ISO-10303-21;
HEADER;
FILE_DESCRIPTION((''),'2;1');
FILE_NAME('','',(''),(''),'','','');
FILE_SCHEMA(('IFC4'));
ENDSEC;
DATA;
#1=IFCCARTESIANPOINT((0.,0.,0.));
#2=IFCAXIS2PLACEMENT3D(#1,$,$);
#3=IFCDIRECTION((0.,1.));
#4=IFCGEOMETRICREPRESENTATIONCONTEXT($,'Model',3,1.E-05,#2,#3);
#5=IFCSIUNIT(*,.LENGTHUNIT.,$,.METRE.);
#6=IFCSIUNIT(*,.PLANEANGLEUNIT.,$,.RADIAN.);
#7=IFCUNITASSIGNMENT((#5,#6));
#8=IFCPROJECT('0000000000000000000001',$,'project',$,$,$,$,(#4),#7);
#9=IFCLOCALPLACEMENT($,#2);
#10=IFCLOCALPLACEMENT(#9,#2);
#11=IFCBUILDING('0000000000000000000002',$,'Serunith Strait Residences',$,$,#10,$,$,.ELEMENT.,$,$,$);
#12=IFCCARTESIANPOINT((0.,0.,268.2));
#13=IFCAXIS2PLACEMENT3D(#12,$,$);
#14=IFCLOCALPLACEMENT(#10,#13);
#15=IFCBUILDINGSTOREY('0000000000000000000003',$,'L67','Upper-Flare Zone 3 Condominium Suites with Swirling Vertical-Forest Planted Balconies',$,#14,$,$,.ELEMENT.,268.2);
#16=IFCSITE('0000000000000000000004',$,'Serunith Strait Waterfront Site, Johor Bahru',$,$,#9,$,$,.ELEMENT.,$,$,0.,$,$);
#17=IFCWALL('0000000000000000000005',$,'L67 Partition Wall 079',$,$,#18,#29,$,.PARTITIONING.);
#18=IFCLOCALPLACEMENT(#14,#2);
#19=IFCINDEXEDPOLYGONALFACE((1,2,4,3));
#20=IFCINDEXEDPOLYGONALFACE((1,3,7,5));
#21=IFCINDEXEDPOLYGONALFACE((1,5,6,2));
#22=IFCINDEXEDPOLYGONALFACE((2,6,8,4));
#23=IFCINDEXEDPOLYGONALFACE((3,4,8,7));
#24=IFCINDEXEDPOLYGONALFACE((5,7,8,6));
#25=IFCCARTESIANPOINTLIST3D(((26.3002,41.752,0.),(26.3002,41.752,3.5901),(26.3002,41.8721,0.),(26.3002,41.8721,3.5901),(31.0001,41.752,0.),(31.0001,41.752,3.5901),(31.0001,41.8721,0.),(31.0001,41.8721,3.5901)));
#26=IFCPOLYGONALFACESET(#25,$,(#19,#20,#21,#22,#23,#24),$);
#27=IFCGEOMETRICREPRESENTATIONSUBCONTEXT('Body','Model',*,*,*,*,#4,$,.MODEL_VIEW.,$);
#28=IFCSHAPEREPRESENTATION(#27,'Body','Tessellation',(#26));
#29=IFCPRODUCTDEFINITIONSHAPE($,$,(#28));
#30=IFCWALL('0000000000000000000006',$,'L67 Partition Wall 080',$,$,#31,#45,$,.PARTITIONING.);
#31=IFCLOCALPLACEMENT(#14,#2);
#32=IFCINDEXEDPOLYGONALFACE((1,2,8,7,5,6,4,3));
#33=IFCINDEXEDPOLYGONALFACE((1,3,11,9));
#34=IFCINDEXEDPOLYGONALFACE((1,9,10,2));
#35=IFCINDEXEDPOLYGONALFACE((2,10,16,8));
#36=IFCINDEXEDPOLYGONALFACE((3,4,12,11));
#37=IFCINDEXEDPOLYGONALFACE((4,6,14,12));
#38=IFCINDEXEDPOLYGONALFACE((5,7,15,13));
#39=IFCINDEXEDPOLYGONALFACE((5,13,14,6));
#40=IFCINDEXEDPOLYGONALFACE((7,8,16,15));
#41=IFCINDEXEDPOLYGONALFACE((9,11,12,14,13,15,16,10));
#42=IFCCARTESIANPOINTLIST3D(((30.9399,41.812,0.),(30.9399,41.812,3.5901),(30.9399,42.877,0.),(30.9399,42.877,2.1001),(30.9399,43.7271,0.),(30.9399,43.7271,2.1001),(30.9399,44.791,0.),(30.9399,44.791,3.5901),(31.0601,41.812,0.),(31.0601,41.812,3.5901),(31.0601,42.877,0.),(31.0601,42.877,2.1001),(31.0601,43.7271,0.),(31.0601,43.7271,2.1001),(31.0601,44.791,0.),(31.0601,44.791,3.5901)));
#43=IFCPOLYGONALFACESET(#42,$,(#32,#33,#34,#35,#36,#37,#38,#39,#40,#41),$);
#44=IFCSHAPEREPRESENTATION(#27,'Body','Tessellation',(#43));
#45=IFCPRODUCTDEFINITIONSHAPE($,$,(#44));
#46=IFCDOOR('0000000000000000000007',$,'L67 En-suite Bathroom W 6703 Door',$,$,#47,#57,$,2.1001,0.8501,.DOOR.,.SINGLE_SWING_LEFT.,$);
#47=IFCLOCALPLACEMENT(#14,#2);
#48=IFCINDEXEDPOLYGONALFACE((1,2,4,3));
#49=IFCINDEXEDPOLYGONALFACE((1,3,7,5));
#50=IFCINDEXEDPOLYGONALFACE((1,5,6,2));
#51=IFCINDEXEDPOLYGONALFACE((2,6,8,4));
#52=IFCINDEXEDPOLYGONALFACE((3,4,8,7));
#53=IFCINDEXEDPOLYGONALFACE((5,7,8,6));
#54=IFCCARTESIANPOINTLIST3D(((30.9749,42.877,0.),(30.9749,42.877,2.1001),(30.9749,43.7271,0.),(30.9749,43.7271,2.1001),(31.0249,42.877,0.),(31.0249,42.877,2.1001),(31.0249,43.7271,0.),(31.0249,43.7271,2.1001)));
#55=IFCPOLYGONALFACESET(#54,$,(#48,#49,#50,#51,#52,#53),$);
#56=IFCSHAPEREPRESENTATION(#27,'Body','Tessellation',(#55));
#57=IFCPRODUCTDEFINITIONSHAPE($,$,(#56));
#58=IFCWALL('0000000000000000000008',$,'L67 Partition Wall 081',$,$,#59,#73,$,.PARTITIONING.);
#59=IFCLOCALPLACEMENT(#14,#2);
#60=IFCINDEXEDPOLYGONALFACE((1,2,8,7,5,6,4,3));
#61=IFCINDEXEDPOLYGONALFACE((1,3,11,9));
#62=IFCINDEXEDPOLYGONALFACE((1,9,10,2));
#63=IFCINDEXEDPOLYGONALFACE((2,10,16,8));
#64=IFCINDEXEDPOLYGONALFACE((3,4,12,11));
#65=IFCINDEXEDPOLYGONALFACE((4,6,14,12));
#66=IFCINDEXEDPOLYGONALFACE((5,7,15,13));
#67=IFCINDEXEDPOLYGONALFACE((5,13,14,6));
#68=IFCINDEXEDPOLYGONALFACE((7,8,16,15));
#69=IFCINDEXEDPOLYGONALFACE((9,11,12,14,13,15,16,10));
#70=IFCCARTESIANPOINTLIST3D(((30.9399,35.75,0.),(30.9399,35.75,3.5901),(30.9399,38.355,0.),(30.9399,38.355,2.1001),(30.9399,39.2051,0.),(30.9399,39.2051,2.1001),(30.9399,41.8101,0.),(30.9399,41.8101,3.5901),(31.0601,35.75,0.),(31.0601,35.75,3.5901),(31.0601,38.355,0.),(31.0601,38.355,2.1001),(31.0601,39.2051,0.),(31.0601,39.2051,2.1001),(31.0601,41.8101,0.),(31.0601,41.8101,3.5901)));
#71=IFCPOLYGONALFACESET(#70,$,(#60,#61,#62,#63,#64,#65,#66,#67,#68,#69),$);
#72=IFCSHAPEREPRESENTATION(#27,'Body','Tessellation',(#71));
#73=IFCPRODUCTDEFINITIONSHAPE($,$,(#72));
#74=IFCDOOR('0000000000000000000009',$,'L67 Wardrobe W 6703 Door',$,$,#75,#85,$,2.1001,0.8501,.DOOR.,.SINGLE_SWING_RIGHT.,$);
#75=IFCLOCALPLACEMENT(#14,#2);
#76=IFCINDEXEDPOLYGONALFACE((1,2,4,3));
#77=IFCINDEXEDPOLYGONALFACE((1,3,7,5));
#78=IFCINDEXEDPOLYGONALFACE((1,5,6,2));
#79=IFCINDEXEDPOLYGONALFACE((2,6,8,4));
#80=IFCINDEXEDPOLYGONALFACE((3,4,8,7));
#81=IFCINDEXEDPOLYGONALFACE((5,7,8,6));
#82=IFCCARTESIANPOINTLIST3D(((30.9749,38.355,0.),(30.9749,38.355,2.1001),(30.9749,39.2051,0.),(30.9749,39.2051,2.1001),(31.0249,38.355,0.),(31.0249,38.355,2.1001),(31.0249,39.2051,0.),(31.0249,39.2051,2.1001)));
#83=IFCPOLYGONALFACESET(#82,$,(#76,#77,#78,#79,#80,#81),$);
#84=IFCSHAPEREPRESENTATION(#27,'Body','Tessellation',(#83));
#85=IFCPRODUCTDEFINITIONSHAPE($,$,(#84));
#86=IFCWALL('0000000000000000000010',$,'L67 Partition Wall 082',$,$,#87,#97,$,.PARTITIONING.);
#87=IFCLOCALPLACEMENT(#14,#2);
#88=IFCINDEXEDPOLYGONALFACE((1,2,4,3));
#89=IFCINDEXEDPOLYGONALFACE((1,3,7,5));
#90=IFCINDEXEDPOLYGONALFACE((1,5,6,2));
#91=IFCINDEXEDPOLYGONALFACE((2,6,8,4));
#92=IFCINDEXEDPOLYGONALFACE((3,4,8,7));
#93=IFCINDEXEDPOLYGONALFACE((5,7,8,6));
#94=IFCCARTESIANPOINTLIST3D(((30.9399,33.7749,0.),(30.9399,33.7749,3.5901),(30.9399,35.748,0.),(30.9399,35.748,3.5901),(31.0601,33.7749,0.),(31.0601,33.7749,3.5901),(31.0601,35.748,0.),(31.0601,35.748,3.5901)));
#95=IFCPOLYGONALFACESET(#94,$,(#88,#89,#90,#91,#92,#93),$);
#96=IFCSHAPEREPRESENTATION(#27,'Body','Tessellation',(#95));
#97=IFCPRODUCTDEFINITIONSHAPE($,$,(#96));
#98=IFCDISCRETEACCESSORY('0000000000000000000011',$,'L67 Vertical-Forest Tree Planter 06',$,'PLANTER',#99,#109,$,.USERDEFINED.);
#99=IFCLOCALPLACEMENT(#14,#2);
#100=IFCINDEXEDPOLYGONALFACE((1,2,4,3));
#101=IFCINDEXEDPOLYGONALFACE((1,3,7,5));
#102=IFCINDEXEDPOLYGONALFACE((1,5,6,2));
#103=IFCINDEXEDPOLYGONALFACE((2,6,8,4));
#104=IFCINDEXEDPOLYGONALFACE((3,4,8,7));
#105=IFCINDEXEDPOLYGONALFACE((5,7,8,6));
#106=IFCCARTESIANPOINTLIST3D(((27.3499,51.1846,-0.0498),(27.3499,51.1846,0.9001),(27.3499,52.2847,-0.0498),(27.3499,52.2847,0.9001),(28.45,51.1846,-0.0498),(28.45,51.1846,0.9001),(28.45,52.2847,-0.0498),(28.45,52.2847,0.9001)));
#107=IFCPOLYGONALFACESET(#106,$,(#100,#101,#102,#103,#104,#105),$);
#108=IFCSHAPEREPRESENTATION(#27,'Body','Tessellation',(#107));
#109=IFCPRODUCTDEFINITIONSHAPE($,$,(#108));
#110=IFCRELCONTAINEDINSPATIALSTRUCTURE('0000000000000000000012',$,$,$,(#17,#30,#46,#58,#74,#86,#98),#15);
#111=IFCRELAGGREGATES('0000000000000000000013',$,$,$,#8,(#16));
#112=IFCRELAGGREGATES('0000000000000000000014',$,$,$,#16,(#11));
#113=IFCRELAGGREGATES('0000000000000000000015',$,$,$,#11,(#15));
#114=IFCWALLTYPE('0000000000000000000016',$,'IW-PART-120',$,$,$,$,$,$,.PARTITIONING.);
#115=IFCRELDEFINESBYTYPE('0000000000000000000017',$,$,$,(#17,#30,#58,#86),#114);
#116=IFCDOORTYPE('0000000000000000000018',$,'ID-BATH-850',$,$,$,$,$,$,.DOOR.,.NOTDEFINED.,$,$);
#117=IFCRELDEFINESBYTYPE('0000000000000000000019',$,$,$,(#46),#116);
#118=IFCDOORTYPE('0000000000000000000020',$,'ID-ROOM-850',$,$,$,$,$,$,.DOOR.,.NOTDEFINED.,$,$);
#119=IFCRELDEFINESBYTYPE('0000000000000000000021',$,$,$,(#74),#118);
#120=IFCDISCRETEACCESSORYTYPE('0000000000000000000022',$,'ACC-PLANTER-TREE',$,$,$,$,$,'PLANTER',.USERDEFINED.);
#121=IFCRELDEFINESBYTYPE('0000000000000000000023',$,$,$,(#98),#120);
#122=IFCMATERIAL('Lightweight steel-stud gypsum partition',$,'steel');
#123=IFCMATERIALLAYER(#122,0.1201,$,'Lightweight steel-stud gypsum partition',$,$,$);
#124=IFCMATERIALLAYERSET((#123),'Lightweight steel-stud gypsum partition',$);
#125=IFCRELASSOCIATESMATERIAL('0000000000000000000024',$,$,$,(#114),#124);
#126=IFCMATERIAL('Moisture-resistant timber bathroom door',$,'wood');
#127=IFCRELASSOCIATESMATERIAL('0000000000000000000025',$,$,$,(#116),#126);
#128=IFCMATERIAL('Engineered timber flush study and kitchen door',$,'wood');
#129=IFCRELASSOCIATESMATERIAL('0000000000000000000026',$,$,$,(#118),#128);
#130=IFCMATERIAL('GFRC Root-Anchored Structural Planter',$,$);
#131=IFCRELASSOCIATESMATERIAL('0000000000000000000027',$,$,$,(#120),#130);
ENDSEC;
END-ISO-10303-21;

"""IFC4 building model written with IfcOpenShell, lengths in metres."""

from ifc_helpers import new_model, si_unit, direction, frame, frame_2d, origin, origin_2d, place, context, subcontext, project, spatial, rectangle, extrude, source, transform, mapped, material, layer, layer_set, type_object, element, fill, save


model = new_model("IFC4")

# Units and contexts
model_context = context("Model", 3, precision=1e-05, world=origin(), true_north=direction((0.0, 1.0)))
body_context = subcontext(model_context, "Body", "Model", "MODEL_VIEW")
ifc_project = project(units=[si_unit("LENGTHUNIT", "METRE"), si_unit("PLANEANGLEUNIT", "RADIAN")], contexts=[model_context])

# Site, building, storey
site_placement = place(None, origin())
site = spatial("IfcSite", under=ifc_project, at=site_placement, Name="Serunith Strait Waterfront Site, Johor Bahru", CompositionType="ELEMENT", RefElevation=0.0)
building_placement = place(site_placement, origin())
building = spatial("IfcBuilding", under=site, at=building_placement, Name="Serunith Strait Residences", CompositionType="ELEMENT")
storey_placement = place(building_placement, frame((0.0, 0.0, 268.2)))
storey = spatial("IfcBuildingStorey", under=building, at=storey_placement, Name="L67", Description="Upper-Flare Zone 3 Condominium Suites with Swirling Vertical-Forest Planted Balconies", CompositionType="ELEMENT", Elevation=268.2)

# Shared definitions
ifc_material_1 = material(Name="Lightweight steel-stud gypsum partition", Category="steel")
ifc_layer_1 = layer(ifc_material_1, 0.1201, Name="Lightweight steel-stud gypsum partition")
ifc_layer_set_1 = layer_set([ifc_layer_1], Name="Lightweight steel-stud gypsum partition")
wall_type_1 = type_object("IfcWallType", Name="IW-PART-120", PredefinedType="PARTITIONING", material=ifc_layer_set_1)

# Wall
wall_1_placement = place(storey_placement, frame((26.3, 41.812, 0.0), z_axis=(0.0, 0.0, 1.0), x_axis=(1.0, 0.0, 0.0)))
element("IfcWall", 1, at=wall_1_placement, inside=storey, type_object=wall_type_1, Name="L67 Partition Wall 079", PredefinedType="PARTITIONING", context=body_context, shape_type="SweptSolid", body=[
    extrude(rectangle(XDim=4.7, YDim=0.1201, at=frame_2d((2.3501, 0.0))), origin(), (0.0, 0.0, 1.0), 3.5901),
])

# Walls, openings, doors
wall_2_placement = place(storey_placement, frame((31.0, 44.791, 0.0), z_axis=(0.0, 0.0, 1.0), x_axis=(0.0, -1.0, 0.0)))
wall_2 = element("IfcWall", 2, at=wall_2_placement, inside=storey, type_object=wall_type_1, Name="L67 Partition Wall 080", PredefinedType="PARTITIONING", context=body_context, shape_type="SweptSolid", body=[
    extrude(rectangle(XDim=2.979, YDim=0.1201, at=frame_2d((1.4895, 0.0))), origin(), (0.0, 0.0, 1.0), 3.5901),
])
opening_1_placement = place(wall_2_placement, frame((1.064, 0.0, 0.0)))
opening_1 = element("IfcOpeningElement", 3, at=opening_1_placement, cuts=wall_2, PredefinedType="OPENING", context=body_context, shape_type="SweptSolid", body=[
    extrude(rectangle(XDim=0.8501, YDim=2.1001, at=frame_2d((0.425, 1.05))), frame((0.0, 0.0701, 0.0), z_axis=(0.0, -1.0, 0.0), x_axis=(1.0, 0.0, 0.0)), (0.0, 0.0, 1.0), 0.1401),
])
ifc_material_2 = material(Name="Moisture-resistant timber bathroom door", Category="wood")
door_type_1 = type_object("IfcDoorType", Name="ID-BATH-850", OperationType="NOTDEFINED", PredefinedType="DOOR", material=ifc_material_2)
shared_shape_1 = source(origin(), body_context, "Body", "SweptSolid", [
    extrude(rectangle(XDim=0.8501, YDim=2.1001, at=frame_2d((0.425, 1.05))), frame((0.0, 0.0249, 0.0), z_axis=(0.0, -1.0, 0.0), x_axis=(1.0, 0.0, 0.0)), (0.0, 0.0, 1.0), 0.05),
])
door_1_placement = place(opening_1_placement, origin())
door_1 = element("IfcDoor", 4, at=door_1_placement, inside=storey, type_object=door_type_1, Name="L67 En-suite Bathroom W 6703 Door", OperationType="SINGLE_SWING_LEFT", OverallHeight=2.1001, OverallWidth=0.8501, PredefinedType="DOOR", context=body_context, shape_type="MappedRepresentation", body=[
    mapped(shared_shape_1, transform((0.0, 0.0, 0.0), scale=1.0)),
])
fill(opening_1, door_1)
wall_3_placement = place(storey_placement, frame((31.0, 41.8101, 0.0), z_axis=(0.0, 0.0, 1.0), x_axis=(0.0, -1.0, 0.0)))
wall_3 = element("IfcWall", 5, at=wall_3_placement, inside=storey, type_object=wall_type_1, Name="L67 Partition Wall 081", PredefinedType="PARTITIONING", context=body_context, shape_type="SweptSolid", body=[
    extrude(rectangle(XDim=6.0601, YDim=0.1201, at=frame_2d((3.03, 0.0))), origin(), (0.0, 0.0, 1.0), 3.5901),
])
opening_2_placement = place(wall_3_placement, frame((2.605, 0.0, 0.0)))
opening_2 = element("IfcOpeningElement", 6, at=opening_2_placement, cuts=wall_3, PredefinedType="OPENING", context=body_context, shape_type="SweptSolid", body=[
    extrude(rectangle(XDim=0.8501, YDim=2.1001, at=frame_2d((0.425, 1.05))), frame((0.0, 0.0701, 0.0), z_axis=(0.0, -1.0, 0.0), x_axis=(1.0, 0.0, 0.0)), (0.0, 0.0, 1.0), 0.1401),
])
ifc_material_3 = material(Name="Engineered timber flush study and kitchen door", Category="wood")
door_type_2 = type_object("IfcDoorType", Name="ID-ROOM-850", OperationType="NOTDEFINED", PredefinedType="DOOR", material=ifc_material_3)
door_2_placement = place(opening_2_placement, origin())
door_2 = element("IfcDoor", 7, at=door_2_placement, inside=storey, type_object=door_type_2, Name="L67 Wardrobe W 6703 Door", OperationType="SINGLE_SWING_RIGHT", OverallHeight=2.1001, OverallWidth=0.8501, PredefinedType="DOOR", context=body_context, shape_type="MappedRepresentation", body=[
    mapped(shared_shape_1, transform((0.0, 0.0, 0.0), scale=1.0)),
])
fill(opening_2, door_2)

# Wall
wall_4_placement = place(storey_placement, frame((31.0, 35.748, 0.0), z_axis=(0.0, 0.0, 1.0), x_axis=(0.0, -1.0, 0.0)))
element("IfcWall", 8, at=wall_4_placement, inside=storey, type_object=wall_type_1, Name="L67 Partition Wall 082", PredefinedType="PARTITIONING", context=body_context, shape_type="SweptSolid", body=[
    extrude(rectangle(XDim=1.9731, YDim=0.1201, at=frame_2d((0.9866, 0.0))), origin(), (0.0, 0.0, 1.0), 3.5901),
])

# Discrete accessory
ifc_material_4 = material(Name="GFRC Root-Anchored Structural Planter")
discrete_accessory_type = type_object("IfcDiscreteAccessoryType", Name="ACC-PLANTER-TREE", ElementType="PLANTER", PredefinedType="USERDEFINED", material=ifc_material_4)
shared_shape_2 = source(origin(), body_context, "Body", "SweptSolid", [
    extrude(rectangle(XDim=1.1001, YDim=1.1001, at=origin_2d()), origin(), (0.0, 0.0, 1.0), 0.95),
])
discrete_accessory_placement = place(storey_placement, frame((27.8999, 51.7346, -0.0498), z_axis=(0.0, 0.0, 1.0), x_axis=(-1.0, 0.0, 0.0)))
element("IfcDiscreteAccessory", 9, at=discrete_accessory_placement, inside=storey, type_object=discrete_accessory_type, Name="L67 Vertical-Forest Tree Planter 06", ObjectType="PLANTER", PredefinedType="USERDEFINED", context=body_context, shape_type="MappedRepresentation", body=[
    mapped(shared_shape_2, transform((0.0, 0.0, 0.0), scale=1.0)),
])

save(model, "model.ifc")
